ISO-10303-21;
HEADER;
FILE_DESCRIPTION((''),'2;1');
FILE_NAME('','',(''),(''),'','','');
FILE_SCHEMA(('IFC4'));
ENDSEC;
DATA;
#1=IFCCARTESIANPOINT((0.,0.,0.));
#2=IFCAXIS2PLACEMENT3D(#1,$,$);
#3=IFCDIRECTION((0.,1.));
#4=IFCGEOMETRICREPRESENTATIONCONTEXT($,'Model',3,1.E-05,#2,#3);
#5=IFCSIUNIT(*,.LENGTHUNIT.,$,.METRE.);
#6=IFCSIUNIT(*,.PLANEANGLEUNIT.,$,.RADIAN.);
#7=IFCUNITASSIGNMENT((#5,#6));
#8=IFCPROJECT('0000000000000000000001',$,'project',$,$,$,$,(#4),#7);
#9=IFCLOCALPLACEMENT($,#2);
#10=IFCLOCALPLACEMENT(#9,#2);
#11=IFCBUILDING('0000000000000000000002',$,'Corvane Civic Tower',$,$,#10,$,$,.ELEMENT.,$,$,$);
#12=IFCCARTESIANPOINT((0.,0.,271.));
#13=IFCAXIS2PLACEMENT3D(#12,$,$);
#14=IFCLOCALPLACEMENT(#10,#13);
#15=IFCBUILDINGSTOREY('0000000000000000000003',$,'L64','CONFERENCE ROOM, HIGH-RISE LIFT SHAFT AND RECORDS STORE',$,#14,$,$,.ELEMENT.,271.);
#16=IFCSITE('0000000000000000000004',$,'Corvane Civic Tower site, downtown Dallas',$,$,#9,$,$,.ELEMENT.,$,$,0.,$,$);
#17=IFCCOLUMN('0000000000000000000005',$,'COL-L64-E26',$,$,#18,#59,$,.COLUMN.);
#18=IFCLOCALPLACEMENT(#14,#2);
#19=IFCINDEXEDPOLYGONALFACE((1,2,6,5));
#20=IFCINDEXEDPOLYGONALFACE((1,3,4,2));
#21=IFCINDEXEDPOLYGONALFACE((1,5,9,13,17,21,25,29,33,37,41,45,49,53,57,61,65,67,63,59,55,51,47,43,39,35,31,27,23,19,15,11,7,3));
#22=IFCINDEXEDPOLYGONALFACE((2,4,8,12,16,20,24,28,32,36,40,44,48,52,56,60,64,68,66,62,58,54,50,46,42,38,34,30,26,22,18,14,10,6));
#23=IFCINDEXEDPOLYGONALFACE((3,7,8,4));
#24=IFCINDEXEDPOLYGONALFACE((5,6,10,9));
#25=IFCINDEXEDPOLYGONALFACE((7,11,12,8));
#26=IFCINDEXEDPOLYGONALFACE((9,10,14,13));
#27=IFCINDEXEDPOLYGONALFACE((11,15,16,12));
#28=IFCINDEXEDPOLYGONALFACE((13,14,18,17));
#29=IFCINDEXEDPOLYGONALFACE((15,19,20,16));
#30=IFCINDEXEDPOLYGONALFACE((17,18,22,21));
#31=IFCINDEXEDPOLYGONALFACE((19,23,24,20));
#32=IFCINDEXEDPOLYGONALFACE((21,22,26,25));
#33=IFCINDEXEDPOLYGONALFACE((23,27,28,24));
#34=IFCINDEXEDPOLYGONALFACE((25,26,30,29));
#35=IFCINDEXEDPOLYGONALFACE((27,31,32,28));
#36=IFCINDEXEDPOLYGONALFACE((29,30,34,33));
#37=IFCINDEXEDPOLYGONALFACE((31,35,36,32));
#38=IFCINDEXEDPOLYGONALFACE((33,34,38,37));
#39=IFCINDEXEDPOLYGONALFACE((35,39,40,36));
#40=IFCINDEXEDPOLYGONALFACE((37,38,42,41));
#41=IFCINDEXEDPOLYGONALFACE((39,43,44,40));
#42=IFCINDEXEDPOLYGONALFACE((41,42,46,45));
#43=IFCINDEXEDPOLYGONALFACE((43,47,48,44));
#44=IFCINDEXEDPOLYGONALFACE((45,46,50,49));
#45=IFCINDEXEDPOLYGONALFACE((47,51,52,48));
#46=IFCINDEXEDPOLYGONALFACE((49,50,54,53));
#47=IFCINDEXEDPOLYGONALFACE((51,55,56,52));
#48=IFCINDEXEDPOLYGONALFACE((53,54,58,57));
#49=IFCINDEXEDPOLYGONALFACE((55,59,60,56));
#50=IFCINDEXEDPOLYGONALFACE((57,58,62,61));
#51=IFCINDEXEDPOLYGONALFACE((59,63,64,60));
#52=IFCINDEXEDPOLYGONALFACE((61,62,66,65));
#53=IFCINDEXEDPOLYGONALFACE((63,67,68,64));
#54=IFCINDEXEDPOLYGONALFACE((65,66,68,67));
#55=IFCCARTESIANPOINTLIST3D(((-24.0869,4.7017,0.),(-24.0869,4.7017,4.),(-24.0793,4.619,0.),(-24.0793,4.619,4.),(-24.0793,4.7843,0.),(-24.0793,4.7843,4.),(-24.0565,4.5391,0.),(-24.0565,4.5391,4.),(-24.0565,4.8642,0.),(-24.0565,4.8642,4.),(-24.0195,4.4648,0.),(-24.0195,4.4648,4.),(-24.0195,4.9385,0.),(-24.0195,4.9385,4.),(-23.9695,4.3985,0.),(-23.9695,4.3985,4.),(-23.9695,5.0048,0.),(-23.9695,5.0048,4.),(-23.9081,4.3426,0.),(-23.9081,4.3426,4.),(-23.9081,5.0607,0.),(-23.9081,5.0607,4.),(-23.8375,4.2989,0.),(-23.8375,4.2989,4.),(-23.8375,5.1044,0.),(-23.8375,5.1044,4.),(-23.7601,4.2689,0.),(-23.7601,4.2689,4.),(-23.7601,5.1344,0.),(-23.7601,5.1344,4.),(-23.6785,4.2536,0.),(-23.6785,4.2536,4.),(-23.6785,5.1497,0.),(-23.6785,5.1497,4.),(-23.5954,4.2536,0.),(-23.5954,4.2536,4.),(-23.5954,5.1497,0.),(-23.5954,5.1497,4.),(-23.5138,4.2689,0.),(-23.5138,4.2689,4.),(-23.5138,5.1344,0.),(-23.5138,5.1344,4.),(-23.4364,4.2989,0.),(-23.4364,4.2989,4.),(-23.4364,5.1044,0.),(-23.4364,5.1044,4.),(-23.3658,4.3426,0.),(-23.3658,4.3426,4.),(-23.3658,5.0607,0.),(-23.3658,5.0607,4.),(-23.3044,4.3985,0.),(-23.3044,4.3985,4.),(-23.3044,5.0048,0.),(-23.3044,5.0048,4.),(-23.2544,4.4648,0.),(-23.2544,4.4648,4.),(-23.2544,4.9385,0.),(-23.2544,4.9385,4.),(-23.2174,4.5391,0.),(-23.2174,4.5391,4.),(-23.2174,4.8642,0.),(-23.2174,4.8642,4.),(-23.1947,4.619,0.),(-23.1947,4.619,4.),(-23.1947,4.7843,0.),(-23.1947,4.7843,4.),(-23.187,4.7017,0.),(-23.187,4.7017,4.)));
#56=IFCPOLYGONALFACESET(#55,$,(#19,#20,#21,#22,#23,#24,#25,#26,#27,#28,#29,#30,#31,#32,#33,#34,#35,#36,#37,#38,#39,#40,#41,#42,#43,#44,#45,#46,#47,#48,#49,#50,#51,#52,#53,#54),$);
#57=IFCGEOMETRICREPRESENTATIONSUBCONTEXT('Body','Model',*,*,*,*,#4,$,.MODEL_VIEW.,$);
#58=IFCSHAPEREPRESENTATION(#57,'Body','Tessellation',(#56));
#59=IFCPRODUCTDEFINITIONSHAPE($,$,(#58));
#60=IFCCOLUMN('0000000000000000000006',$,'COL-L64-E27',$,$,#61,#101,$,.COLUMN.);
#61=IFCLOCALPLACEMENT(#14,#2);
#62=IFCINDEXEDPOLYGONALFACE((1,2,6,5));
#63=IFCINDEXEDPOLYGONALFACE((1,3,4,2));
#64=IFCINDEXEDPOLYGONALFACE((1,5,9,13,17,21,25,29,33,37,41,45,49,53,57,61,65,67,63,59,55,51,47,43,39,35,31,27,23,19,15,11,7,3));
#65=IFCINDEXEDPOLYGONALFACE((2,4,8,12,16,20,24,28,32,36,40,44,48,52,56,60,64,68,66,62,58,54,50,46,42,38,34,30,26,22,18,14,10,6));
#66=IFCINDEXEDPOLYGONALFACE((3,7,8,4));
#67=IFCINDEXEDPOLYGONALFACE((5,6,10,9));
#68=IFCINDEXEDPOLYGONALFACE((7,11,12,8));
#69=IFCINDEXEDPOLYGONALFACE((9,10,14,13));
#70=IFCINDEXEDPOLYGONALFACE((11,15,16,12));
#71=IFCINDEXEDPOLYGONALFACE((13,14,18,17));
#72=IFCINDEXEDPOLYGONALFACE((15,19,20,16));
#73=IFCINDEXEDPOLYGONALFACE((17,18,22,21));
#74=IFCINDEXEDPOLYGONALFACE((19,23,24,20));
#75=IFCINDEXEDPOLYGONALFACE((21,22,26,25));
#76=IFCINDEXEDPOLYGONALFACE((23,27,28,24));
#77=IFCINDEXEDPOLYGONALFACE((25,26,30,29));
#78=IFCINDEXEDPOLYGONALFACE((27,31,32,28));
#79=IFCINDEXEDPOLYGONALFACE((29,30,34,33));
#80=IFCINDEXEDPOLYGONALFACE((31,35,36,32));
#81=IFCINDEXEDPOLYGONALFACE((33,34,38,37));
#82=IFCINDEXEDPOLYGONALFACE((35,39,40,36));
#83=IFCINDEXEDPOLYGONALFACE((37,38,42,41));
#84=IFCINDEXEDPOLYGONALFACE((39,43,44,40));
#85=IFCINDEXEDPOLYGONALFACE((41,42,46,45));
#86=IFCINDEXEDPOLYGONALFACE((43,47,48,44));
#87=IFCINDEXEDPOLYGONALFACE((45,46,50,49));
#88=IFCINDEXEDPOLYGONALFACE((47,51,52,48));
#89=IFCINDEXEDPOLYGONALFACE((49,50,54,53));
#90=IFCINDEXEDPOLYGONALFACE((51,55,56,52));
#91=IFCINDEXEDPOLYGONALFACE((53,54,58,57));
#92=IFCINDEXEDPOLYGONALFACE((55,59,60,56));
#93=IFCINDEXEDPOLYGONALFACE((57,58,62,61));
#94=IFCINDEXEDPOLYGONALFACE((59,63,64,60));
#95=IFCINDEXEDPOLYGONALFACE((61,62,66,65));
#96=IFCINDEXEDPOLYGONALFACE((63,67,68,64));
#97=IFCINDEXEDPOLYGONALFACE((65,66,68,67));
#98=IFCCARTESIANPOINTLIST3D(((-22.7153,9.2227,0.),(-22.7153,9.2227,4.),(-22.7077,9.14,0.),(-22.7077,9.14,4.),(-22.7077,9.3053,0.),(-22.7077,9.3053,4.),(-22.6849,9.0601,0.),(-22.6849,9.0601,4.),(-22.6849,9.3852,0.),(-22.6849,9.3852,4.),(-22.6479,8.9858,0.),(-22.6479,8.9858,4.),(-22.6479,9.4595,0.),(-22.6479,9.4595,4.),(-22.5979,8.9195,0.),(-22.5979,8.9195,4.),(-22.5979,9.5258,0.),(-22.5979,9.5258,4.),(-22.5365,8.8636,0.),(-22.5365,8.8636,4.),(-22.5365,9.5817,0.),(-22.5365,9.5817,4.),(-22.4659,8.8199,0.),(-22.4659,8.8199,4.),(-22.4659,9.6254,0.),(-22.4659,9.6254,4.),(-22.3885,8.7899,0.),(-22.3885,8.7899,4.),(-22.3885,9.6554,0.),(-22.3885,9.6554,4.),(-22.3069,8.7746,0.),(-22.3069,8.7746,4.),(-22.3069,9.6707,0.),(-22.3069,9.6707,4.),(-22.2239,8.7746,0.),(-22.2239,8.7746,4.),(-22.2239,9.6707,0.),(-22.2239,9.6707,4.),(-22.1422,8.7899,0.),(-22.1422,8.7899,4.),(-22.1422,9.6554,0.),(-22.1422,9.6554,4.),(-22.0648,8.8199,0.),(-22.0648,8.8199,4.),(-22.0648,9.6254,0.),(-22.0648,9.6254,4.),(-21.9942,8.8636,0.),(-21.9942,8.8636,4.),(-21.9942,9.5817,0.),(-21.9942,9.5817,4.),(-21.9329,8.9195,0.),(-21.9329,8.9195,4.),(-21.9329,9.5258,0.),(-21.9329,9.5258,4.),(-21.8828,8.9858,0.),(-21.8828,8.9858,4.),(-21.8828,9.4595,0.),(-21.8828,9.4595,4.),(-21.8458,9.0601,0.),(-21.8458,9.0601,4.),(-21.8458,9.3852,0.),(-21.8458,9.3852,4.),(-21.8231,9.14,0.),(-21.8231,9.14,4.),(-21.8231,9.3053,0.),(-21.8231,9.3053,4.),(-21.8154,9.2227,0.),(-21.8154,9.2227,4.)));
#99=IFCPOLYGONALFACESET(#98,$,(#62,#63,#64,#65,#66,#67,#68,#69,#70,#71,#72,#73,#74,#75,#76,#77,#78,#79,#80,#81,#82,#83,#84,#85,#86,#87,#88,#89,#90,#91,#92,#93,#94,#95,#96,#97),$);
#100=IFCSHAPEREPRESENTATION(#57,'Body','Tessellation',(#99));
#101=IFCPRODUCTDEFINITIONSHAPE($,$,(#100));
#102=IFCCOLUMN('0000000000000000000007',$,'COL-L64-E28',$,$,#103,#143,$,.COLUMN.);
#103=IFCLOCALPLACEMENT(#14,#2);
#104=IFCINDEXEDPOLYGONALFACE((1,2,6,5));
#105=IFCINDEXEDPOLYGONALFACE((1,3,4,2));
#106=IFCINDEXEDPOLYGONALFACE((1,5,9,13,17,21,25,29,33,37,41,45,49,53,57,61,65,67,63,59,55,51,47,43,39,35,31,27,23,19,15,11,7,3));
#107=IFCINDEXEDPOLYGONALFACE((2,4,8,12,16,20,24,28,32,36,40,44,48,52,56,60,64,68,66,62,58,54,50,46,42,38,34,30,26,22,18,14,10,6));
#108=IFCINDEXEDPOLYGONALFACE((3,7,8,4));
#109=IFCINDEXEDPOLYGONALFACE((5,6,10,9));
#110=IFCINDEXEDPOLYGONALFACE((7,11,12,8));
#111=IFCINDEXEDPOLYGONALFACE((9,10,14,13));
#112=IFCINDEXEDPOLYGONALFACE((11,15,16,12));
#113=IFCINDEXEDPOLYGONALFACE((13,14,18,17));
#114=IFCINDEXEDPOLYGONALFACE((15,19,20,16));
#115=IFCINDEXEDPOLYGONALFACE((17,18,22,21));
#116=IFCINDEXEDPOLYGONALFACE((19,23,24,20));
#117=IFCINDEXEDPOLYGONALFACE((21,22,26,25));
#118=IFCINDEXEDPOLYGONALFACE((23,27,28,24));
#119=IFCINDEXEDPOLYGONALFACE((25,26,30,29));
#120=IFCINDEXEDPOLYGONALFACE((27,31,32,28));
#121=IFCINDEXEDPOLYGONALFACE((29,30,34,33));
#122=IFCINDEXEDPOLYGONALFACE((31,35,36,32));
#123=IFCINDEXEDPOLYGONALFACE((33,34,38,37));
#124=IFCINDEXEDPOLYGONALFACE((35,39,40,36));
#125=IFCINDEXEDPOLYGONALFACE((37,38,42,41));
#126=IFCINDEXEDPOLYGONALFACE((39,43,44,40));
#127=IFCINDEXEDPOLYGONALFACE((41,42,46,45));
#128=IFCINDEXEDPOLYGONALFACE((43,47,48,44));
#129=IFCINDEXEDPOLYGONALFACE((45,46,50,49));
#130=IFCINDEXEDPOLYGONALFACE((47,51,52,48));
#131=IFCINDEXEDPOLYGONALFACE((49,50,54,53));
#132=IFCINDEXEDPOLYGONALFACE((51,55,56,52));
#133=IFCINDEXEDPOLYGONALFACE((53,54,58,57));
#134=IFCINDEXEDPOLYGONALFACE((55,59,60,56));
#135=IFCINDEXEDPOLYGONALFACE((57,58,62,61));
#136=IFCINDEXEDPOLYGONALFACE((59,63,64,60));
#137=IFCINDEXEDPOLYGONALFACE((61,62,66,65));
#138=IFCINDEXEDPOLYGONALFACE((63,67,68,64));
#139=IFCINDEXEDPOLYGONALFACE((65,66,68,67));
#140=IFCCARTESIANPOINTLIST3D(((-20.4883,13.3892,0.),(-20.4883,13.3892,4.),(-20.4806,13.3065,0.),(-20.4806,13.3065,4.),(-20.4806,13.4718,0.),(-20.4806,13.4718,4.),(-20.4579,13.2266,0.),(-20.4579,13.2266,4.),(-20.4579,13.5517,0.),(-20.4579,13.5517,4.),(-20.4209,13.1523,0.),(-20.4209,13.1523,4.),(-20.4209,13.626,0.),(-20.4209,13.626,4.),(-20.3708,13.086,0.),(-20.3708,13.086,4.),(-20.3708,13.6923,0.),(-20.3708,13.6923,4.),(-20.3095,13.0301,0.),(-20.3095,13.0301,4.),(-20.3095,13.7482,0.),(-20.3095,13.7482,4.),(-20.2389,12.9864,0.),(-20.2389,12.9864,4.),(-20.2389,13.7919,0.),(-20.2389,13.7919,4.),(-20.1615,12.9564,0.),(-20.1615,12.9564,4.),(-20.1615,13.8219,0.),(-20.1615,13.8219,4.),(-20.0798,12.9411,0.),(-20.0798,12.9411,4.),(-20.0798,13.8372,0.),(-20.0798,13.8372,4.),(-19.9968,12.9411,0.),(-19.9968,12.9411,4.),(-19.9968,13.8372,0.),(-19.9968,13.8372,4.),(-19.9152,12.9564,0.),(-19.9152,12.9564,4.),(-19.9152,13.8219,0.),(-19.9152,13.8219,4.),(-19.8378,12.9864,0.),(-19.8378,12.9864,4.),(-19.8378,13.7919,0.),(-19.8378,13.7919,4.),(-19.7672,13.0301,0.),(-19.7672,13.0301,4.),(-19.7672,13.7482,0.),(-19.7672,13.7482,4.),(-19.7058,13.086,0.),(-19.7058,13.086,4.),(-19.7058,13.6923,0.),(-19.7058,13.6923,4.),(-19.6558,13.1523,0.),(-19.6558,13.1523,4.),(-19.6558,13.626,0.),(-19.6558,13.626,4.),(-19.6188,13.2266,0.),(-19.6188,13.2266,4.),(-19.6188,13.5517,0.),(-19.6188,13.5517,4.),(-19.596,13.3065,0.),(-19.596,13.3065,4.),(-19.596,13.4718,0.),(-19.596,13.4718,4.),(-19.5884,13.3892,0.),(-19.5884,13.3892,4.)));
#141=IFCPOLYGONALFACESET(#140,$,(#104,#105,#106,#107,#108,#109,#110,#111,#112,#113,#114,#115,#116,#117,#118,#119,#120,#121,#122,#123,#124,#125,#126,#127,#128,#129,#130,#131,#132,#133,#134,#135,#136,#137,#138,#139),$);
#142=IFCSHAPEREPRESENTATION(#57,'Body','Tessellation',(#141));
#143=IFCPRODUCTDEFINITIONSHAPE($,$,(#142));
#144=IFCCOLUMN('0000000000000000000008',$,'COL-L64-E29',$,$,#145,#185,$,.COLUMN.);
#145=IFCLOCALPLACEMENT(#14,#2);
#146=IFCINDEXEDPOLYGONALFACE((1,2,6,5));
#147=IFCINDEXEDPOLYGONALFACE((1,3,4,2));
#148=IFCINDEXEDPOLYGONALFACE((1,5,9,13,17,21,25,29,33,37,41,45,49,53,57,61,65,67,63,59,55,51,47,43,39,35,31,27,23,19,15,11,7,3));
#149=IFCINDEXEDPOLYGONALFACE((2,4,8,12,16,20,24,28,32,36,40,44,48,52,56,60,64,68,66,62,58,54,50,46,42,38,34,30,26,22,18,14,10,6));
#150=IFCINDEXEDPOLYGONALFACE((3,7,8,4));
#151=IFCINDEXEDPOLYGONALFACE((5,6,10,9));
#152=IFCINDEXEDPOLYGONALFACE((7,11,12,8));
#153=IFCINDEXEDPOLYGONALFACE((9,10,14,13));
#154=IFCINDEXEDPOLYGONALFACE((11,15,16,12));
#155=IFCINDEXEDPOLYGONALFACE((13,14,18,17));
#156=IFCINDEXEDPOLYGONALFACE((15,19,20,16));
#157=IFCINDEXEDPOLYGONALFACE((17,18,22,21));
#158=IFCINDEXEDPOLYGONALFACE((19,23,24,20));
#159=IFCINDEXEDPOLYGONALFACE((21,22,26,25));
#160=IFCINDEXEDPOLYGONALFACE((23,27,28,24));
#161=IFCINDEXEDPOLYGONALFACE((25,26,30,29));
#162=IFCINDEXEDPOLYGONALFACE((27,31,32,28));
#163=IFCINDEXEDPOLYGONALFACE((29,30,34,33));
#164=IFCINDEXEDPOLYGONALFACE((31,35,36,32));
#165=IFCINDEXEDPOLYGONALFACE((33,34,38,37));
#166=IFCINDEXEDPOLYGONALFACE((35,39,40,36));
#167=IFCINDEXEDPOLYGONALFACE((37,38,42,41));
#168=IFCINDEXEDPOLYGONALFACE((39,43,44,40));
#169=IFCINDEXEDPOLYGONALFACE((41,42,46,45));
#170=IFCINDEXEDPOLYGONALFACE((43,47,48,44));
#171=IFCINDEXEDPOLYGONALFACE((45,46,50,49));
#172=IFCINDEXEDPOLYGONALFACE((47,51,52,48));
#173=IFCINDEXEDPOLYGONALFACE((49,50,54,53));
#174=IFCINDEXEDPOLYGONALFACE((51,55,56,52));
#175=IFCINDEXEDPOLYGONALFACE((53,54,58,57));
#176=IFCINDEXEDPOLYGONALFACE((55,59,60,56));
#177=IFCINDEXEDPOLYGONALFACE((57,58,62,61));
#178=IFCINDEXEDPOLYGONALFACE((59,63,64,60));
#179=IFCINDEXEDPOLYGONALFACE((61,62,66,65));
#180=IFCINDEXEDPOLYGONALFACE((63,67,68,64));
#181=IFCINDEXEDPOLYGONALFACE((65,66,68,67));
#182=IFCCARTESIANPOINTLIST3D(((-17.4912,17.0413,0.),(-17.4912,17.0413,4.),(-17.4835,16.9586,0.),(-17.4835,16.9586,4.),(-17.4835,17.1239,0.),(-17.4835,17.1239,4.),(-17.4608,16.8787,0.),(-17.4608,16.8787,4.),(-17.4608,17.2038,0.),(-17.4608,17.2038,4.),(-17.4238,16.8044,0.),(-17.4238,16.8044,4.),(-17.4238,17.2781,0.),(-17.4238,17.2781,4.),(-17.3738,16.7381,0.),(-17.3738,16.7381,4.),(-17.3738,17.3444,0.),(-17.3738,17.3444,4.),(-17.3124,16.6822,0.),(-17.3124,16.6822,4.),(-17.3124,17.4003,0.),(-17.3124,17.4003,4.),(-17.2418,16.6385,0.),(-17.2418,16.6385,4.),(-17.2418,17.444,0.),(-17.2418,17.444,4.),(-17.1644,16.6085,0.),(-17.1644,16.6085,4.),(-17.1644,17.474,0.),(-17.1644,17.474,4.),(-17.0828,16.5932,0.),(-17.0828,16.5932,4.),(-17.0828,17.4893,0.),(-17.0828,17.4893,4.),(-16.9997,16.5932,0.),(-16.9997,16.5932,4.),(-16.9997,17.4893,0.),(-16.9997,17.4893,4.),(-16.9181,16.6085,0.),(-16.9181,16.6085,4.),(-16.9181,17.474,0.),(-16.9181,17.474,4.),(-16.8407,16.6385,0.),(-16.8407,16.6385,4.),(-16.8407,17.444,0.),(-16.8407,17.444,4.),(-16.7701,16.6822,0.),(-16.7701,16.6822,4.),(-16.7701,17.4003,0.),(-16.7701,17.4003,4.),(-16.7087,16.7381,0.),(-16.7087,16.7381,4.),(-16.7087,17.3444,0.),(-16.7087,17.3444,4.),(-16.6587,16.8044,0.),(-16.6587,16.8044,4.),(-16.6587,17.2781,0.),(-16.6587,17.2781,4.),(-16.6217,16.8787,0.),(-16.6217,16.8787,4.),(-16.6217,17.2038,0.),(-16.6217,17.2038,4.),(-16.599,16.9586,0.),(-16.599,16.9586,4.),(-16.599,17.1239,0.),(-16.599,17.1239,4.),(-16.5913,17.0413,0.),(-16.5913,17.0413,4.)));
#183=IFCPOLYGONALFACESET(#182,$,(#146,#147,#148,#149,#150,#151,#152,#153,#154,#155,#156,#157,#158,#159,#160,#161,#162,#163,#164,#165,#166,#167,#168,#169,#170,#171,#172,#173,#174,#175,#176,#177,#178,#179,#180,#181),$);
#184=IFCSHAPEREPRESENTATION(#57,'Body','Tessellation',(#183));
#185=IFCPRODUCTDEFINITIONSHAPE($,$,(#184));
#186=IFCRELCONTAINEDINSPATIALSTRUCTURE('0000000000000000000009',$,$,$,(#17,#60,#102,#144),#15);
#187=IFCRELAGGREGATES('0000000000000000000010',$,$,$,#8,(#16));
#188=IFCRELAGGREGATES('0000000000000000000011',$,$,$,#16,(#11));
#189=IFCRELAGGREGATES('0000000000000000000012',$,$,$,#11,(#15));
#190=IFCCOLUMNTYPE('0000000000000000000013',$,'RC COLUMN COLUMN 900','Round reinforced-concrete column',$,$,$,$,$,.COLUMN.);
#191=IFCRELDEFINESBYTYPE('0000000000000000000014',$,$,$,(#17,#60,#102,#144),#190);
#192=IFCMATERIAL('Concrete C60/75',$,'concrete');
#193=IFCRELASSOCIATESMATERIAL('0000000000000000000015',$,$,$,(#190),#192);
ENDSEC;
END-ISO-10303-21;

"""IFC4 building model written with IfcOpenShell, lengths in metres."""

from ifc_helpers import new_model, si_unit, direction, frame, origin, origin_2d, place, context, subcontext, project, spatial, circle, extrude, material, material_profile, profile_set, type_object, element, save


model = new_model("IFC4")

# Units and contexts
model_context = context("Model", 3, precision=1e-05, world=origin(), true_north=direction((0.0, 1.0)))
body_context = subcontext(model_context, "Body", "Model", "MODEL_VIEW")
ifc_project = project(units=[si_unit("LENGTHUNIT", "METRE"), si_unit("PLANEANGLEUNIT", "RADIAN")], contexts=[model_context])

# Site, building, storey
site_placement = place(None, origin())
site = spatial("IfcSite", under=ifc_project, at=site_placement, Name="Corvane Civic Tower site, downtown Dallas", CompositionType="ELEMENT", RefElevation=0.0)
building_placement = place(site_placement, origin())
building = spatial("IfcBuilding", under=site, at=building_placement, Name="Corvane Civic Tower", CompositionType="ELEMENT")
storey_placement = place(building_placement, frame((0.0, 0.0, 271.0)))
storey = spatial("IfcBuildingStorey", under=building, at=storey_placement, Name="L64", Description="CONFERENCE ROOM, HIGH-RISE LIFT SHAFT AND RECORDS STORE", CompositionType="ELEMENT", Elevation=271.0)

# Columns
ifc_material_1 = material(Name="Concrete C60/75", Category="concrete")
ifc_material_profile_1 = material_profile(ifc_material_1, circle(Radius=0.45, at=origin_2d()), Name="COLUMN 900")
ifc_profile_set_1 = profile_set([ifc_material_profile_1], Name="Concrete C60/75")
column_type = type_object("IfcColumnType", Name="RC COLUMN COLUMN 900", Description="Round reinforced-concrete column", PredefinedType="COLUMN", material=ifc_profile_set_1)
for number, where, z_axis, x_axis, name in (
    (1, (-23.637, 4.7017, 0.0), (0.0, 0.0, 1.0), (1.0, 0.0, 0.0), "COL-L64-E26"),
    (2, (-22.2654, 9.2227, 0.0), (0.0, 0.0, 1.0), (1.0, 0.0, 0.0), "COL-L64-E27"),
    (3, (-20.0383, 13.3892, 0.0), (0.0, 0.0, 1.0), (1.0, 0.0, 0.0), "COL-L64-E28"),
    (4, (-17.0413, 17.0413, 0.0), (0.0, 0.0, 1.0), (1.0, 0.0, 0.0), "COL-L64-E29"),
):
    element("IfcColumn", number, at=place(storey_placement, frame(where, z_axis=z_axis, x_axis=x_axis)), inside=storey, type_object=column_type, Name=name, PredefinedType="COLUMN", context=body_context, shape_type="SweptSolid", body=[
        extrude(circle(Radius=0.45, at=origin_2d()), origin(), (0.0, 0.0, 1.0), 4.0),
    ])

save(model, "model.ifc")
